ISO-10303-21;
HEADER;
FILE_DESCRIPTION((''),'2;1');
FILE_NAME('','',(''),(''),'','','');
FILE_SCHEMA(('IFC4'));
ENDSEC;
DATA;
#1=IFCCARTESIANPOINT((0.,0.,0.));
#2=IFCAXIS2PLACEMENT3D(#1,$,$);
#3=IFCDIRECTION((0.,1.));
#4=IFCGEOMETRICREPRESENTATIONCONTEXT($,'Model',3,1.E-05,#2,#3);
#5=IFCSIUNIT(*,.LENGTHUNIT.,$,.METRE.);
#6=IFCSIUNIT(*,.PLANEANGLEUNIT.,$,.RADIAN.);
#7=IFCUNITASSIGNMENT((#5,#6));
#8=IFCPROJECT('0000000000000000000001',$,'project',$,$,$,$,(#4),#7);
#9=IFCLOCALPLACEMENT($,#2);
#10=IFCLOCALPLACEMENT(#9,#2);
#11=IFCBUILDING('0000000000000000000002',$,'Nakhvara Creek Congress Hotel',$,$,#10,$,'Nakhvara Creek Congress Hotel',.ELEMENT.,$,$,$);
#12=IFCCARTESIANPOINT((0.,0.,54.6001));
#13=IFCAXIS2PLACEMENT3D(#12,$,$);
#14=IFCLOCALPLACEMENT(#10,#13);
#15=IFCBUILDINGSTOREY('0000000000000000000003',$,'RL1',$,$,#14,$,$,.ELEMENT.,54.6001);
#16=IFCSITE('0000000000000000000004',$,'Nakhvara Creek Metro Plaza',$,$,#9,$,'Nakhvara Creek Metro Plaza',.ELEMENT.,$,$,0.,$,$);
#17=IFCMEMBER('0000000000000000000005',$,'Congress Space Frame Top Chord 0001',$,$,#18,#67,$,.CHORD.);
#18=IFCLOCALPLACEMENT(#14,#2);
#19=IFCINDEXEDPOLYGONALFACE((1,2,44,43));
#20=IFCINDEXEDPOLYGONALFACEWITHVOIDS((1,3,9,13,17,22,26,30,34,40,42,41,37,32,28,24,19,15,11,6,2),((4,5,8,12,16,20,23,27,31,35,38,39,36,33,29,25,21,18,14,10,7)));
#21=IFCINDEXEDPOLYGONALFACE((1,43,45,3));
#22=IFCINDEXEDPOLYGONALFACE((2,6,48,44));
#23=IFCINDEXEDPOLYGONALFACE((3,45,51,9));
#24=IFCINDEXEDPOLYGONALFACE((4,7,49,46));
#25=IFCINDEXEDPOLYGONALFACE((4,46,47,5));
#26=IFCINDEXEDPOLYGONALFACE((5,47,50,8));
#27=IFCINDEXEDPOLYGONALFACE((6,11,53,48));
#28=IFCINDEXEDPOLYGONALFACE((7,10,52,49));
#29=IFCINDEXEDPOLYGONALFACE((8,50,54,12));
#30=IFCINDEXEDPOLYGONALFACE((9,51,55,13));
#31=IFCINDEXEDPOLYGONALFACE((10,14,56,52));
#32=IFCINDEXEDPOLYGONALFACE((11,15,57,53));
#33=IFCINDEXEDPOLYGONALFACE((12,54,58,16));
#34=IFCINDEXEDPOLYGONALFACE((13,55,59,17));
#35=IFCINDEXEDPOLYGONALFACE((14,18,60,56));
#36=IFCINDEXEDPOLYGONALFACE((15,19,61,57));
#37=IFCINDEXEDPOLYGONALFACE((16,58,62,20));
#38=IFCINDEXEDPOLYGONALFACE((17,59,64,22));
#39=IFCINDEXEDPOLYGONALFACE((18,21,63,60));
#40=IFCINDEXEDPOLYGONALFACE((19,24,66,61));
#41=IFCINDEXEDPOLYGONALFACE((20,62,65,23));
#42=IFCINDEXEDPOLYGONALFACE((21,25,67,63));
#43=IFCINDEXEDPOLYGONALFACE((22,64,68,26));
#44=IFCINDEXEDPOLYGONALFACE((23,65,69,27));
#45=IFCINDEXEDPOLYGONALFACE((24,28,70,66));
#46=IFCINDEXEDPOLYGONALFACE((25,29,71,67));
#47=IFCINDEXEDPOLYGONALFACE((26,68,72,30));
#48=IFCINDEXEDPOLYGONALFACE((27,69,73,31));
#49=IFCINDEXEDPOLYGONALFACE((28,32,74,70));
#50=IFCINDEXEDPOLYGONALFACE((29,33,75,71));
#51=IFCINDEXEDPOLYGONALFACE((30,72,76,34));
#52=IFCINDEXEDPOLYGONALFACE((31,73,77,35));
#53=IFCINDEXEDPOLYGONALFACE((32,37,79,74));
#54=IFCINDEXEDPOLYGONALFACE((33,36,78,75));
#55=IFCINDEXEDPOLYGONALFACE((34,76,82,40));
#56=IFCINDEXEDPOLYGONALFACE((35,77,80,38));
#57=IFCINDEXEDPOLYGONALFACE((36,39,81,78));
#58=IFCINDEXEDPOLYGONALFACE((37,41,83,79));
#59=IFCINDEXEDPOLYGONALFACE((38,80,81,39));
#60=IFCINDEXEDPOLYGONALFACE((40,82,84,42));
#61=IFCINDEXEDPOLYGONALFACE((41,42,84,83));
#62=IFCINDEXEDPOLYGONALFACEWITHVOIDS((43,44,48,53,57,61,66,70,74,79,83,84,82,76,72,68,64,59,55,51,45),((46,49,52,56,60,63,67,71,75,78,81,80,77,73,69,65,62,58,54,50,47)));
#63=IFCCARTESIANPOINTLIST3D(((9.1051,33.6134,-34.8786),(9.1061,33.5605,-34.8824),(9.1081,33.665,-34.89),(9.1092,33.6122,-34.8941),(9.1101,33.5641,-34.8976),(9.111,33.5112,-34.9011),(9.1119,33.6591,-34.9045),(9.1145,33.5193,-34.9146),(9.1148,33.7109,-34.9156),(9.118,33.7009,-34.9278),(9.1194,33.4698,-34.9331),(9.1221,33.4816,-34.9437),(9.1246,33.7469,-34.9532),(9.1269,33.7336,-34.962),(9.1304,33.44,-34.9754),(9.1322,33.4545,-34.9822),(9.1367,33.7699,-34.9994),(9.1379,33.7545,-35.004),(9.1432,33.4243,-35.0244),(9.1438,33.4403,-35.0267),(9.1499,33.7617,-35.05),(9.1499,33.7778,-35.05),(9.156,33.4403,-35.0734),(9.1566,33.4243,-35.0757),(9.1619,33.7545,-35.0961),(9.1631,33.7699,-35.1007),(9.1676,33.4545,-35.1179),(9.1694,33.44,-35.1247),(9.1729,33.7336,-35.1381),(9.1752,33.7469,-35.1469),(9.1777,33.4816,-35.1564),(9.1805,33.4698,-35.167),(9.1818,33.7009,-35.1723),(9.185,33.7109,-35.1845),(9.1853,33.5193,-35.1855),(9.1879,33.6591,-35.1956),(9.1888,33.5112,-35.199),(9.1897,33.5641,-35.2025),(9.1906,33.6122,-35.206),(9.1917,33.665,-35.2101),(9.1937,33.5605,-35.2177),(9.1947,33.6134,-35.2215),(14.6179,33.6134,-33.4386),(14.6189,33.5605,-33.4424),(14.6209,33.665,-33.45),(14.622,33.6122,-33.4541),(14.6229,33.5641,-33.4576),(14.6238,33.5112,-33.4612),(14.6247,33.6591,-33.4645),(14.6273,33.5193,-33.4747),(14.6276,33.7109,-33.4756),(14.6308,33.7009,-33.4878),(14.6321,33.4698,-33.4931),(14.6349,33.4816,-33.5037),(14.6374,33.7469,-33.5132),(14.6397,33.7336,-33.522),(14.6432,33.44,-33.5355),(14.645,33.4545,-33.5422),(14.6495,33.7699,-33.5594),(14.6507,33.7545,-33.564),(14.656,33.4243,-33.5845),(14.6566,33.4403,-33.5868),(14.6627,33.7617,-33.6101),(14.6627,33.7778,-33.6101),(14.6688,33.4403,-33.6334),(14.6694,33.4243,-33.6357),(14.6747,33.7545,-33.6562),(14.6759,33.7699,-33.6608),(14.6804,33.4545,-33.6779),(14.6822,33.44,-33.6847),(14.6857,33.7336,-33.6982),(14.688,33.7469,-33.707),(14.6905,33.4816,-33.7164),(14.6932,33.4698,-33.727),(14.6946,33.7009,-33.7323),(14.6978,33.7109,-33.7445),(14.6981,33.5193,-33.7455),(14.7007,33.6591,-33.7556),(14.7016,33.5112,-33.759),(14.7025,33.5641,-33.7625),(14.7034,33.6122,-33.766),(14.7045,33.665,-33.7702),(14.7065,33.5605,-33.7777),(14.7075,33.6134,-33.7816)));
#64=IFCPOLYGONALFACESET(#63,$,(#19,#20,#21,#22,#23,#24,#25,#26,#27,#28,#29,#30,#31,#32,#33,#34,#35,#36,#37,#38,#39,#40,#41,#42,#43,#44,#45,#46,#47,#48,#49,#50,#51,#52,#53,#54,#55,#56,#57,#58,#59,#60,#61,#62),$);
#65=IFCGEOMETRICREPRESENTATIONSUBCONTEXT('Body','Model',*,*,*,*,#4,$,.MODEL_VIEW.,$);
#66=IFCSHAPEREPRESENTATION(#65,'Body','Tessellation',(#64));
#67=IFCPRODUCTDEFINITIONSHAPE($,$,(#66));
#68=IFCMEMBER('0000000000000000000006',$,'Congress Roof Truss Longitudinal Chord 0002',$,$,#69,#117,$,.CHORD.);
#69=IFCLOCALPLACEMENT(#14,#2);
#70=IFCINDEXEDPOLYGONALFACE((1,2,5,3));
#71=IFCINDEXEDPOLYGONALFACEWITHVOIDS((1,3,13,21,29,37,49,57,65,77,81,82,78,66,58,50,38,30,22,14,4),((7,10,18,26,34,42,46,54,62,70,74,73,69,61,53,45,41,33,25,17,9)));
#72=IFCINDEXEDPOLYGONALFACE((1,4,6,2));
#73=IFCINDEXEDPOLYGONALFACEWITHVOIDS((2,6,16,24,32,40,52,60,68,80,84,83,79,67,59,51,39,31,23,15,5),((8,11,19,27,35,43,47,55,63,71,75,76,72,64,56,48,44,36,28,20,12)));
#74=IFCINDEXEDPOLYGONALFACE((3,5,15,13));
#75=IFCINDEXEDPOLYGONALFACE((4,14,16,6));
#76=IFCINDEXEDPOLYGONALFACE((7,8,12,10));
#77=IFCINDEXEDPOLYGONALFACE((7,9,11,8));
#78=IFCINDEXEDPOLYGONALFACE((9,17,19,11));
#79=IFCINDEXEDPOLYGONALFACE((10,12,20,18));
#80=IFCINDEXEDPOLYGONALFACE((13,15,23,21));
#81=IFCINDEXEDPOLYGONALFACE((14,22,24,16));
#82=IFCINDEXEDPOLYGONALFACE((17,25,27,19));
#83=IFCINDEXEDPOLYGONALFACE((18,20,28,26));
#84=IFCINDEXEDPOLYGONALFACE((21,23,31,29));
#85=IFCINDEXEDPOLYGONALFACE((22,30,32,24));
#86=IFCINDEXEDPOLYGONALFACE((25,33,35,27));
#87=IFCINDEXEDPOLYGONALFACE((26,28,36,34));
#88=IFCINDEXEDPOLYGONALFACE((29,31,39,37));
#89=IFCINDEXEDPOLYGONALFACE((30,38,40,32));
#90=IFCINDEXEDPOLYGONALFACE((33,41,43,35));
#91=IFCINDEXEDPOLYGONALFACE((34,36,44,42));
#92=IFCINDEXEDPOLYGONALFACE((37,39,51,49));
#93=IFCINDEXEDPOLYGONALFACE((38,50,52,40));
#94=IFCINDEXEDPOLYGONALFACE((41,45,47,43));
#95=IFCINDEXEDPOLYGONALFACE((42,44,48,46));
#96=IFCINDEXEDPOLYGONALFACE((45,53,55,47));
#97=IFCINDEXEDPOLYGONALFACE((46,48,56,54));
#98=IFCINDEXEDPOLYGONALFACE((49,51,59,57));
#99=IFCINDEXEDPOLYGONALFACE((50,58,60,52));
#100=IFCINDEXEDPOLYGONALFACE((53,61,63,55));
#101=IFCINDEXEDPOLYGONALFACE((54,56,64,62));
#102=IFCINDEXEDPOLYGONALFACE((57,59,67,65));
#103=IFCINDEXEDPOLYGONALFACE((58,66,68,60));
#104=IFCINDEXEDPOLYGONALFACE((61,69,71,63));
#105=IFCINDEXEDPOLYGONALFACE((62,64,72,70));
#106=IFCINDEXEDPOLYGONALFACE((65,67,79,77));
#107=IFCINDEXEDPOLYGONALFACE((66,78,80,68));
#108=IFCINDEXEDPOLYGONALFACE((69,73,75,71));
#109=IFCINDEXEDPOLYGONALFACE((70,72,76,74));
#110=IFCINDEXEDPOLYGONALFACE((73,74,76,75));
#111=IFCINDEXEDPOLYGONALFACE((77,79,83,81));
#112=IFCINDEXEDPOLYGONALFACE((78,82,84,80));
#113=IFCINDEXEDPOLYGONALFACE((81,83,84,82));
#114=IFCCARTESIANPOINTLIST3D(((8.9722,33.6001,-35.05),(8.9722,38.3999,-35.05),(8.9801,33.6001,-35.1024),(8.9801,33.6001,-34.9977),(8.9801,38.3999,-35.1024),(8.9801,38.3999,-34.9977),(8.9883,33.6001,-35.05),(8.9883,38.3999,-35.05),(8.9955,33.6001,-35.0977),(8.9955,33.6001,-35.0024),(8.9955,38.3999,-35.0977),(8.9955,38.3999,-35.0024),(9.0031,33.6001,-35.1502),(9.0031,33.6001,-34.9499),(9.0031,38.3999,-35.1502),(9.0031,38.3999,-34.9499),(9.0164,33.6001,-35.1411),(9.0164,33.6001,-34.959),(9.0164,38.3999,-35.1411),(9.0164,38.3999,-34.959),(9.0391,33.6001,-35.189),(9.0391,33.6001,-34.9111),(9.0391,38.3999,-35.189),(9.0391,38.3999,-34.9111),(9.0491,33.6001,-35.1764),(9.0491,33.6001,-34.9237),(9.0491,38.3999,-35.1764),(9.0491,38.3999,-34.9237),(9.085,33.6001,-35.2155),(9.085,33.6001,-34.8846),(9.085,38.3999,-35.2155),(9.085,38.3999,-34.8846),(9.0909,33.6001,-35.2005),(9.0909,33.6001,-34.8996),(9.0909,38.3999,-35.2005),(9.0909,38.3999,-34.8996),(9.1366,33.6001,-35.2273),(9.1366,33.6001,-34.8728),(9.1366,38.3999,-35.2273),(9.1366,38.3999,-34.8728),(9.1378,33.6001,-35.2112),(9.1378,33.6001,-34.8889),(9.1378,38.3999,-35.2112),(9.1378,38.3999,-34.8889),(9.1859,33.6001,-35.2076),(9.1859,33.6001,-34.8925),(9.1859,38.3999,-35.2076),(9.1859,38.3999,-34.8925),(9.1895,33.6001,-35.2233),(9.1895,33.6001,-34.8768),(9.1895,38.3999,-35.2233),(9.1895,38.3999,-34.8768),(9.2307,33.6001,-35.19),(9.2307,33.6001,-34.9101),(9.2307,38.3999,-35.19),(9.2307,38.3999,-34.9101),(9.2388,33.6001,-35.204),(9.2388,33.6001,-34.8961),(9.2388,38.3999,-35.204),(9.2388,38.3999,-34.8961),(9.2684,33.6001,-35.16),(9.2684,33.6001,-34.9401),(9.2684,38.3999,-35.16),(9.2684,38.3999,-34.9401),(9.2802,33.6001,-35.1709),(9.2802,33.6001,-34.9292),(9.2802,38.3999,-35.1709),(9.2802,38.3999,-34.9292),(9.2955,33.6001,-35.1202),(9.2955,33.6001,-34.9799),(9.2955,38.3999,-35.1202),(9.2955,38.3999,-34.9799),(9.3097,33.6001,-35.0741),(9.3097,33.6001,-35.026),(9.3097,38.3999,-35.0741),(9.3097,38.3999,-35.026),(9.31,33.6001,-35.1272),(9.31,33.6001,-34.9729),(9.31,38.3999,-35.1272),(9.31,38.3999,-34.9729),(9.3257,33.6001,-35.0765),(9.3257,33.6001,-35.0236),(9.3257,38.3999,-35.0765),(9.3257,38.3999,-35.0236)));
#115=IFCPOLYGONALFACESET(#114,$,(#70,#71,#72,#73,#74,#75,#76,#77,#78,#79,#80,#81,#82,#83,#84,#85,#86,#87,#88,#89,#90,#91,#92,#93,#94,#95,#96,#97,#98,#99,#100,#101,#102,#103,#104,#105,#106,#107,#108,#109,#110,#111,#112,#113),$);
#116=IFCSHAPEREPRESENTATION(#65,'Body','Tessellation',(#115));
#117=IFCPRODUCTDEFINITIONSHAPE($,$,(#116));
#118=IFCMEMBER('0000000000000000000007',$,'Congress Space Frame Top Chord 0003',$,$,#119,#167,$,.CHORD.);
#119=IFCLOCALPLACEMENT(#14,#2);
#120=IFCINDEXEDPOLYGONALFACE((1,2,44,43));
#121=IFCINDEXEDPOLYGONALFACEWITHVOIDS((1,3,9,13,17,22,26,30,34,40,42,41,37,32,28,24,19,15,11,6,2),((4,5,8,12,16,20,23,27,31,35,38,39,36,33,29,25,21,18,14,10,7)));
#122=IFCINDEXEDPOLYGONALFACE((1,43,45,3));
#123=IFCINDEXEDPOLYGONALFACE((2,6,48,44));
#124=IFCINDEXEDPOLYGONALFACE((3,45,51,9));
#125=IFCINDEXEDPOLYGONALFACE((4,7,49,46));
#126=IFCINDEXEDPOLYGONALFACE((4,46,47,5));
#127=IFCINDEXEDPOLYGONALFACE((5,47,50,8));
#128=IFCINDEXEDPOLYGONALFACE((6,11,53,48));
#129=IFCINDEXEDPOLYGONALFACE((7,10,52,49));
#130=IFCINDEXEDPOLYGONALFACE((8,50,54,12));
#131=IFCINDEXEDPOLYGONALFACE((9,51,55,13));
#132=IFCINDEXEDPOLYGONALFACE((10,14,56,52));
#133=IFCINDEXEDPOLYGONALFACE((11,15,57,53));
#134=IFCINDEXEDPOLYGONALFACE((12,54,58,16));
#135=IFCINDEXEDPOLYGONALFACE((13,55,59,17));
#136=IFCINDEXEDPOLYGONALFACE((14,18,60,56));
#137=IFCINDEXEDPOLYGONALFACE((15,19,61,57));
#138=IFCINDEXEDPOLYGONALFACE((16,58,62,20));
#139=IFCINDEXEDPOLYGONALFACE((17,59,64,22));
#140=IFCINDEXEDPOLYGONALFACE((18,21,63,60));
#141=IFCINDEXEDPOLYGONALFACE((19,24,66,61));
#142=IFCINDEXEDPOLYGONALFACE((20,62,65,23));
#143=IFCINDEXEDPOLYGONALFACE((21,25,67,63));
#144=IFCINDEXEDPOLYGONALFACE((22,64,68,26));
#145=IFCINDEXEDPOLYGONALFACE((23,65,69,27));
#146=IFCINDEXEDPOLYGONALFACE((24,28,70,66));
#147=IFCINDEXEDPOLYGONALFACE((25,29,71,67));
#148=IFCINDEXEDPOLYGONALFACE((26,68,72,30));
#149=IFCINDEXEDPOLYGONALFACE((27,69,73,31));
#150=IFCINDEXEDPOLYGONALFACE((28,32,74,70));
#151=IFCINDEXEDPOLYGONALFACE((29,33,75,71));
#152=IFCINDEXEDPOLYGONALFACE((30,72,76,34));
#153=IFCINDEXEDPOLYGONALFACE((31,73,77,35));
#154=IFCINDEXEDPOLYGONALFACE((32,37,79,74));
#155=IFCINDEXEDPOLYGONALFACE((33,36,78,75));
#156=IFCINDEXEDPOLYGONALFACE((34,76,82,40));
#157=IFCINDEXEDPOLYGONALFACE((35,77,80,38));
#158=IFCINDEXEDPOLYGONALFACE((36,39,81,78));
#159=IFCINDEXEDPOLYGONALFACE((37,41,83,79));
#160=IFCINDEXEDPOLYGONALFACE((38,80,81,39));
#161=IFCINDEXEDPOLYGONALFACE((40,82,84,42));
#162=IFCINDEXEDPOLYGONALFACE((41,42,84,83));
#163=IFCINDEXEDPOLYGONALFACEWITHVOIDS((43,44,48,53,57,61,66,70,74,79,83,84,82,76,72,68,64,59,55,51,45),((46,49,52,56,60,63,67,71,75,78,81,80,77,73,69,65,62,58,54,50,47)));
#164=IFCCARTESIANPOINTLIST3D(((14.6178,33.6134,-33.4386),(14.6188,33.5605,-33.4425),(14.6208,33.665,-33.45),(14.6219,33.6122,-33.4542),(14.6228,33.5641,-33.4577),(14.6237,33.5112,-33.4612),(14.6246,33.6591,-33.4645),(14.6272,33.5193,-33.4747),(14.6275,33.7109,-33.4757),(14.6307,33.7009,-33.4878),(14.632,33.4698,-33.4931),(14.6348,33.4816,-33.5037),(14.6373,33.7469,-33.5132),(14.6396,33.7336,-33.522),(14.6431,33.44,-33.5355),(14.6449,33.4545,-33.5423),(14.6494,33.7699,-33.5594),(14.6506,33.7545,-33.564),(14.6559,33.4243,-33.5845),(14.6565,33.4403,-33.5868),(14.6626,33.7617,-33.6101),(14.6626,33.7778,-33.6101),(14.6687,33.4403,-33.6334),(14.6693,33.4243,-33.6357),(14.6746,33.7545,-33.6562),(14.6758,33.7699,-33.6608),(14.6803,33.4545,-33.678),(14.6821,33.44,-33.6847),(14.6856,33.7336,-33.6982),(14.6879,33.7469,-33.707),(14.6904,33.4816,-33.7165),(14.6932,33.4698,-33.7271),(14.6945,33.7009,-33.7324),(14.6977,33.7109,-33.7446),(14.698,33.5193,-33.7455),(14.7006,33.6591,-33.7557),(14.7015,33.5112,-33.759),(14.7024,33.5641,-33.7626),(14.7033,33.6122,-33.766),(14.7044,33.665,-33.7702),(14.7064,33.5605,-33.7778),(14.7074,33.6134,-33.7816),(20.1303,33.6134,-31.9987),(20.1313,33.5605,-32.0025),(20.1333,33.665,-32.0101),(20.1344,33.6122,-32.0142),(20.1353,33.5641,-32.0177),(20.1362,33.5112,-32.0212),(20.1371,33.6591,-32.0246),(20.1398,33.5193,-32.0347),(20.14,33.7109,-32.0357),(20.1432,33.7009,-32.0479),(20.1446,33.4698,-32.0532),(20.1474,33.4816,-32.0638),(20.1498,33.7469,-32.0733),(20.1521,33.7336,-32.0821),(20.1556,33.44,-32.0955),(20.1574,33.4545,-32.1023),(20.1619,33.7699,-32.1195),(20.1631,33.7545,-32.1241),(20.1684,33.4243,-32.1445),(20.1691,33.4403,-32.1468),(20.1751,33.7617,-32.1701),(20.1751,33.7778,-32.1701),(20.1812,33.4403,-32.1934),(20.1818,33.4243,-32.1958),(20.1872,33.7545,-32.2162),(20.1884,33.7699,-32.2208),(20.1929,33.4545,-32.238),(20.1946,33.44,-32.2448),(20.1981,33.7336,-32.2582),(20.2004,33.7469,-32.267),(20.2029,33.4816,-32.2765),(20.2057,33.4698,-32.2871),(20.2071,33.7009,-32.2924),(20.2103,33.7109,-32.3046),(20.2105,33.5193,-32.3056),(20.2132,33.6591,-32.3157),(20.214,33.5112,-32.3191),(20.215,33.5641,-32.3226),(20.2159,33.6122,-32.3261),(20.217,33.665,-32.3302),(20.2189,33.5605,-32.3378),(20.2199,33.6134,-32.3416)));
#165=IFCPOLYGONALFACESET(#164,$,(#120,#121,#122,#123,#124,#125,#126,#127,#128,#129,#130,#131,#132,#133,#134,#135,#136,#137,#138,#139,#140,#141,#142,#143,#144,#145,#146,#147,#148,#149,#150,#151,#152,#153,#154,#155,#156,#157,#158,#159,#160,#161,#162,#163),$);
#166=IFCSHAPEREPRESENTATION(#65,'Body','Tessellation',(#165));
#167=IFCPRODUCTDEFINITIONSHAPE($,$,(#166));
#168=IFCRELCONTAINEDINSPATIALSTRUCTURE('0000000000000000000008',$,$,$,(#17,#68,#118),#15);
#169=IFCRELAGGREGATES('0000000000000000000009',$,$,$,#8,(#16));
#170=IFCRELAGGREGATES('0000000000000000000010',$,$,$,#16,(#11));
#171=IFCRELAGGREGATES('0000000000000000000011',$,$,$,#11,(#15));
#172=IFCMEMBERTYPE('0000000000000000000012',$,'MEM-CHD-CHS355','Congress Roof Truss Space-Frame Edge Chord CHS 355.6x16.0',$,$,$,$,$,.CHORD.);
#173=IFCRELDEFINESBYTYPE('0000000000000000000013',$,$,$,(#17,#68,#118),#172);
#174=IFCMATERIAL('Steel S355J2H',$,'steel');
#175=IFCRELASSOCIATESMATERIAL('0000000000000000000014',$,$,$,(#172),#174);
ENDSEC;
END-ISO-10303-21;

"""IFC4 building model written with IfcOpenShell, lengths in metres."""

from ifc_helpers import new_model, si_unit, direction, frame, origin, origin_2d, place, context, subcontext, project, spatial, hollow_circle, extrude, material, material_profile, profile_set, type_object, element, save


model = new_model("IFC4")

# Units and contexts
model_context = context("Model", 3, precision=1e-05, world=origin(), true_north=direction((0.0, 1.0)))
body_context = subcontext(model_context, "Body", "Model", "MODEL_VIEW")
ifc_project = project(units=[si_unit("LENGTHUNIT", "METRE"), si_unit("PLANEANGLEUNIT", "RADIAN")], contexts=[model_context])

# Site, building, storey
site_placement = place(None, origin())
site = spatial("IfcSite", under=ifc_project, at=site_placement, Name="Nakhvara Creek Metro Plaza", LongName="Nakhvara Creek Metro Plaza", CompositionType="ELEMENT", RefElevation=0.0)
building_placement = place(site_placement, origin())
building = spatial("IfcBuilding", under=site, at=building_placement, Name="Nakhvara Creek Congress Hotel", LongName="Nakhvara Creek Congress Hotel", CompositionType="ELEMENT")
storey_placement = place(building_placement, frame((0.0, 0.0, 54.6001)))
storey = spatial("IfcBuildingStorey", under=building, at=storey_placement, Name="RL1", CompositionType="ELEMENT", Elevation=54.6001)

# Members
ifc_material_1 = material(Name="Steel S355J2H", Category="steel")
ifc_material_profile_1 = material_profile(ifc_material_1, hollow_circle(Radius=0.1777, WallThickness=0.0161, at=origin_2d()), Name="CHS 355.6x16.0", Category="LoadBearing")
ifc_profile_set_1 = profile_set([ifc_material_profile_1], Name="Steel S355J2H")
member_type_1 = type_object("IfcMemberType", Name="MEM-CHD-CHS355", Description="Congress Roof Truss Space-Frame Edge Chord CHS 355.6x16.0", PredefinedType="CHORD", material=ifc_profile_set_1)
member_1_placement = place(storey_placement, frame((9.1499, 33.6001, -35.05), z_axis=(0.967538, 0.0, 0.252725), x_axis=(0.0, 1.0, 0.0)))
element("IfcMember", 1, at=member_1_placement, inside=storey, type_object=member_type_1, Name="Congress Space Frame Top Chord 0001", PredefinedType="CHORD", context=body_context, shape_type="SweptSolid", body=[
    extrude(hollow_circle(Radius=0.1777, WallThickness=0.0161, at=origin_2d()), origin(), (0.0, 0.0, 1.0), 5.6978),
])
member_2_placement = place(storey_placement, frame((9.1499, 33.6001, -35.05), z_axis=(0.0, 1.0, 0.0), x_axis=(-1.0, 0.0, 0.0)))
element("IfcMember", 2, at=member_2_placement, inside=storey, type_object=member_type_1, Name="Congress Roof Truss Longitudinal Chord 0002", PredefinedType="CHORD", context=body_context, shape_type="SweptSolid", body=[
    extrude(hollow_circle(Radius=0.1777, WallThickness=0.0161, at=origin_2d()), origin(), (0.0, 0.0, 1.0), 4.7998),
])
member_3_placement = place(storey_placement, frame((14.6626, 33.6001, -33.6101), z_axis=(0.967535, 0.0, 0.252736), x_axis=(0.0, 1.0, 0.0)))
element("IfcMember", 3, at=member_3_placement, inside=storey, type_object=member_type_1, Name="Congress Space Frame Top Chord 0003", PredefinedType="CHORD", context=body_context, shape_type="SweptSolid", body=[
    extrude(hollow_circle(Radius=0.1777, WallThickness=0.0161, at=origin_2d()), origin(), (0.0, 0.0, 1.0), 5.6975),
])

save(model, "model.ifc")
